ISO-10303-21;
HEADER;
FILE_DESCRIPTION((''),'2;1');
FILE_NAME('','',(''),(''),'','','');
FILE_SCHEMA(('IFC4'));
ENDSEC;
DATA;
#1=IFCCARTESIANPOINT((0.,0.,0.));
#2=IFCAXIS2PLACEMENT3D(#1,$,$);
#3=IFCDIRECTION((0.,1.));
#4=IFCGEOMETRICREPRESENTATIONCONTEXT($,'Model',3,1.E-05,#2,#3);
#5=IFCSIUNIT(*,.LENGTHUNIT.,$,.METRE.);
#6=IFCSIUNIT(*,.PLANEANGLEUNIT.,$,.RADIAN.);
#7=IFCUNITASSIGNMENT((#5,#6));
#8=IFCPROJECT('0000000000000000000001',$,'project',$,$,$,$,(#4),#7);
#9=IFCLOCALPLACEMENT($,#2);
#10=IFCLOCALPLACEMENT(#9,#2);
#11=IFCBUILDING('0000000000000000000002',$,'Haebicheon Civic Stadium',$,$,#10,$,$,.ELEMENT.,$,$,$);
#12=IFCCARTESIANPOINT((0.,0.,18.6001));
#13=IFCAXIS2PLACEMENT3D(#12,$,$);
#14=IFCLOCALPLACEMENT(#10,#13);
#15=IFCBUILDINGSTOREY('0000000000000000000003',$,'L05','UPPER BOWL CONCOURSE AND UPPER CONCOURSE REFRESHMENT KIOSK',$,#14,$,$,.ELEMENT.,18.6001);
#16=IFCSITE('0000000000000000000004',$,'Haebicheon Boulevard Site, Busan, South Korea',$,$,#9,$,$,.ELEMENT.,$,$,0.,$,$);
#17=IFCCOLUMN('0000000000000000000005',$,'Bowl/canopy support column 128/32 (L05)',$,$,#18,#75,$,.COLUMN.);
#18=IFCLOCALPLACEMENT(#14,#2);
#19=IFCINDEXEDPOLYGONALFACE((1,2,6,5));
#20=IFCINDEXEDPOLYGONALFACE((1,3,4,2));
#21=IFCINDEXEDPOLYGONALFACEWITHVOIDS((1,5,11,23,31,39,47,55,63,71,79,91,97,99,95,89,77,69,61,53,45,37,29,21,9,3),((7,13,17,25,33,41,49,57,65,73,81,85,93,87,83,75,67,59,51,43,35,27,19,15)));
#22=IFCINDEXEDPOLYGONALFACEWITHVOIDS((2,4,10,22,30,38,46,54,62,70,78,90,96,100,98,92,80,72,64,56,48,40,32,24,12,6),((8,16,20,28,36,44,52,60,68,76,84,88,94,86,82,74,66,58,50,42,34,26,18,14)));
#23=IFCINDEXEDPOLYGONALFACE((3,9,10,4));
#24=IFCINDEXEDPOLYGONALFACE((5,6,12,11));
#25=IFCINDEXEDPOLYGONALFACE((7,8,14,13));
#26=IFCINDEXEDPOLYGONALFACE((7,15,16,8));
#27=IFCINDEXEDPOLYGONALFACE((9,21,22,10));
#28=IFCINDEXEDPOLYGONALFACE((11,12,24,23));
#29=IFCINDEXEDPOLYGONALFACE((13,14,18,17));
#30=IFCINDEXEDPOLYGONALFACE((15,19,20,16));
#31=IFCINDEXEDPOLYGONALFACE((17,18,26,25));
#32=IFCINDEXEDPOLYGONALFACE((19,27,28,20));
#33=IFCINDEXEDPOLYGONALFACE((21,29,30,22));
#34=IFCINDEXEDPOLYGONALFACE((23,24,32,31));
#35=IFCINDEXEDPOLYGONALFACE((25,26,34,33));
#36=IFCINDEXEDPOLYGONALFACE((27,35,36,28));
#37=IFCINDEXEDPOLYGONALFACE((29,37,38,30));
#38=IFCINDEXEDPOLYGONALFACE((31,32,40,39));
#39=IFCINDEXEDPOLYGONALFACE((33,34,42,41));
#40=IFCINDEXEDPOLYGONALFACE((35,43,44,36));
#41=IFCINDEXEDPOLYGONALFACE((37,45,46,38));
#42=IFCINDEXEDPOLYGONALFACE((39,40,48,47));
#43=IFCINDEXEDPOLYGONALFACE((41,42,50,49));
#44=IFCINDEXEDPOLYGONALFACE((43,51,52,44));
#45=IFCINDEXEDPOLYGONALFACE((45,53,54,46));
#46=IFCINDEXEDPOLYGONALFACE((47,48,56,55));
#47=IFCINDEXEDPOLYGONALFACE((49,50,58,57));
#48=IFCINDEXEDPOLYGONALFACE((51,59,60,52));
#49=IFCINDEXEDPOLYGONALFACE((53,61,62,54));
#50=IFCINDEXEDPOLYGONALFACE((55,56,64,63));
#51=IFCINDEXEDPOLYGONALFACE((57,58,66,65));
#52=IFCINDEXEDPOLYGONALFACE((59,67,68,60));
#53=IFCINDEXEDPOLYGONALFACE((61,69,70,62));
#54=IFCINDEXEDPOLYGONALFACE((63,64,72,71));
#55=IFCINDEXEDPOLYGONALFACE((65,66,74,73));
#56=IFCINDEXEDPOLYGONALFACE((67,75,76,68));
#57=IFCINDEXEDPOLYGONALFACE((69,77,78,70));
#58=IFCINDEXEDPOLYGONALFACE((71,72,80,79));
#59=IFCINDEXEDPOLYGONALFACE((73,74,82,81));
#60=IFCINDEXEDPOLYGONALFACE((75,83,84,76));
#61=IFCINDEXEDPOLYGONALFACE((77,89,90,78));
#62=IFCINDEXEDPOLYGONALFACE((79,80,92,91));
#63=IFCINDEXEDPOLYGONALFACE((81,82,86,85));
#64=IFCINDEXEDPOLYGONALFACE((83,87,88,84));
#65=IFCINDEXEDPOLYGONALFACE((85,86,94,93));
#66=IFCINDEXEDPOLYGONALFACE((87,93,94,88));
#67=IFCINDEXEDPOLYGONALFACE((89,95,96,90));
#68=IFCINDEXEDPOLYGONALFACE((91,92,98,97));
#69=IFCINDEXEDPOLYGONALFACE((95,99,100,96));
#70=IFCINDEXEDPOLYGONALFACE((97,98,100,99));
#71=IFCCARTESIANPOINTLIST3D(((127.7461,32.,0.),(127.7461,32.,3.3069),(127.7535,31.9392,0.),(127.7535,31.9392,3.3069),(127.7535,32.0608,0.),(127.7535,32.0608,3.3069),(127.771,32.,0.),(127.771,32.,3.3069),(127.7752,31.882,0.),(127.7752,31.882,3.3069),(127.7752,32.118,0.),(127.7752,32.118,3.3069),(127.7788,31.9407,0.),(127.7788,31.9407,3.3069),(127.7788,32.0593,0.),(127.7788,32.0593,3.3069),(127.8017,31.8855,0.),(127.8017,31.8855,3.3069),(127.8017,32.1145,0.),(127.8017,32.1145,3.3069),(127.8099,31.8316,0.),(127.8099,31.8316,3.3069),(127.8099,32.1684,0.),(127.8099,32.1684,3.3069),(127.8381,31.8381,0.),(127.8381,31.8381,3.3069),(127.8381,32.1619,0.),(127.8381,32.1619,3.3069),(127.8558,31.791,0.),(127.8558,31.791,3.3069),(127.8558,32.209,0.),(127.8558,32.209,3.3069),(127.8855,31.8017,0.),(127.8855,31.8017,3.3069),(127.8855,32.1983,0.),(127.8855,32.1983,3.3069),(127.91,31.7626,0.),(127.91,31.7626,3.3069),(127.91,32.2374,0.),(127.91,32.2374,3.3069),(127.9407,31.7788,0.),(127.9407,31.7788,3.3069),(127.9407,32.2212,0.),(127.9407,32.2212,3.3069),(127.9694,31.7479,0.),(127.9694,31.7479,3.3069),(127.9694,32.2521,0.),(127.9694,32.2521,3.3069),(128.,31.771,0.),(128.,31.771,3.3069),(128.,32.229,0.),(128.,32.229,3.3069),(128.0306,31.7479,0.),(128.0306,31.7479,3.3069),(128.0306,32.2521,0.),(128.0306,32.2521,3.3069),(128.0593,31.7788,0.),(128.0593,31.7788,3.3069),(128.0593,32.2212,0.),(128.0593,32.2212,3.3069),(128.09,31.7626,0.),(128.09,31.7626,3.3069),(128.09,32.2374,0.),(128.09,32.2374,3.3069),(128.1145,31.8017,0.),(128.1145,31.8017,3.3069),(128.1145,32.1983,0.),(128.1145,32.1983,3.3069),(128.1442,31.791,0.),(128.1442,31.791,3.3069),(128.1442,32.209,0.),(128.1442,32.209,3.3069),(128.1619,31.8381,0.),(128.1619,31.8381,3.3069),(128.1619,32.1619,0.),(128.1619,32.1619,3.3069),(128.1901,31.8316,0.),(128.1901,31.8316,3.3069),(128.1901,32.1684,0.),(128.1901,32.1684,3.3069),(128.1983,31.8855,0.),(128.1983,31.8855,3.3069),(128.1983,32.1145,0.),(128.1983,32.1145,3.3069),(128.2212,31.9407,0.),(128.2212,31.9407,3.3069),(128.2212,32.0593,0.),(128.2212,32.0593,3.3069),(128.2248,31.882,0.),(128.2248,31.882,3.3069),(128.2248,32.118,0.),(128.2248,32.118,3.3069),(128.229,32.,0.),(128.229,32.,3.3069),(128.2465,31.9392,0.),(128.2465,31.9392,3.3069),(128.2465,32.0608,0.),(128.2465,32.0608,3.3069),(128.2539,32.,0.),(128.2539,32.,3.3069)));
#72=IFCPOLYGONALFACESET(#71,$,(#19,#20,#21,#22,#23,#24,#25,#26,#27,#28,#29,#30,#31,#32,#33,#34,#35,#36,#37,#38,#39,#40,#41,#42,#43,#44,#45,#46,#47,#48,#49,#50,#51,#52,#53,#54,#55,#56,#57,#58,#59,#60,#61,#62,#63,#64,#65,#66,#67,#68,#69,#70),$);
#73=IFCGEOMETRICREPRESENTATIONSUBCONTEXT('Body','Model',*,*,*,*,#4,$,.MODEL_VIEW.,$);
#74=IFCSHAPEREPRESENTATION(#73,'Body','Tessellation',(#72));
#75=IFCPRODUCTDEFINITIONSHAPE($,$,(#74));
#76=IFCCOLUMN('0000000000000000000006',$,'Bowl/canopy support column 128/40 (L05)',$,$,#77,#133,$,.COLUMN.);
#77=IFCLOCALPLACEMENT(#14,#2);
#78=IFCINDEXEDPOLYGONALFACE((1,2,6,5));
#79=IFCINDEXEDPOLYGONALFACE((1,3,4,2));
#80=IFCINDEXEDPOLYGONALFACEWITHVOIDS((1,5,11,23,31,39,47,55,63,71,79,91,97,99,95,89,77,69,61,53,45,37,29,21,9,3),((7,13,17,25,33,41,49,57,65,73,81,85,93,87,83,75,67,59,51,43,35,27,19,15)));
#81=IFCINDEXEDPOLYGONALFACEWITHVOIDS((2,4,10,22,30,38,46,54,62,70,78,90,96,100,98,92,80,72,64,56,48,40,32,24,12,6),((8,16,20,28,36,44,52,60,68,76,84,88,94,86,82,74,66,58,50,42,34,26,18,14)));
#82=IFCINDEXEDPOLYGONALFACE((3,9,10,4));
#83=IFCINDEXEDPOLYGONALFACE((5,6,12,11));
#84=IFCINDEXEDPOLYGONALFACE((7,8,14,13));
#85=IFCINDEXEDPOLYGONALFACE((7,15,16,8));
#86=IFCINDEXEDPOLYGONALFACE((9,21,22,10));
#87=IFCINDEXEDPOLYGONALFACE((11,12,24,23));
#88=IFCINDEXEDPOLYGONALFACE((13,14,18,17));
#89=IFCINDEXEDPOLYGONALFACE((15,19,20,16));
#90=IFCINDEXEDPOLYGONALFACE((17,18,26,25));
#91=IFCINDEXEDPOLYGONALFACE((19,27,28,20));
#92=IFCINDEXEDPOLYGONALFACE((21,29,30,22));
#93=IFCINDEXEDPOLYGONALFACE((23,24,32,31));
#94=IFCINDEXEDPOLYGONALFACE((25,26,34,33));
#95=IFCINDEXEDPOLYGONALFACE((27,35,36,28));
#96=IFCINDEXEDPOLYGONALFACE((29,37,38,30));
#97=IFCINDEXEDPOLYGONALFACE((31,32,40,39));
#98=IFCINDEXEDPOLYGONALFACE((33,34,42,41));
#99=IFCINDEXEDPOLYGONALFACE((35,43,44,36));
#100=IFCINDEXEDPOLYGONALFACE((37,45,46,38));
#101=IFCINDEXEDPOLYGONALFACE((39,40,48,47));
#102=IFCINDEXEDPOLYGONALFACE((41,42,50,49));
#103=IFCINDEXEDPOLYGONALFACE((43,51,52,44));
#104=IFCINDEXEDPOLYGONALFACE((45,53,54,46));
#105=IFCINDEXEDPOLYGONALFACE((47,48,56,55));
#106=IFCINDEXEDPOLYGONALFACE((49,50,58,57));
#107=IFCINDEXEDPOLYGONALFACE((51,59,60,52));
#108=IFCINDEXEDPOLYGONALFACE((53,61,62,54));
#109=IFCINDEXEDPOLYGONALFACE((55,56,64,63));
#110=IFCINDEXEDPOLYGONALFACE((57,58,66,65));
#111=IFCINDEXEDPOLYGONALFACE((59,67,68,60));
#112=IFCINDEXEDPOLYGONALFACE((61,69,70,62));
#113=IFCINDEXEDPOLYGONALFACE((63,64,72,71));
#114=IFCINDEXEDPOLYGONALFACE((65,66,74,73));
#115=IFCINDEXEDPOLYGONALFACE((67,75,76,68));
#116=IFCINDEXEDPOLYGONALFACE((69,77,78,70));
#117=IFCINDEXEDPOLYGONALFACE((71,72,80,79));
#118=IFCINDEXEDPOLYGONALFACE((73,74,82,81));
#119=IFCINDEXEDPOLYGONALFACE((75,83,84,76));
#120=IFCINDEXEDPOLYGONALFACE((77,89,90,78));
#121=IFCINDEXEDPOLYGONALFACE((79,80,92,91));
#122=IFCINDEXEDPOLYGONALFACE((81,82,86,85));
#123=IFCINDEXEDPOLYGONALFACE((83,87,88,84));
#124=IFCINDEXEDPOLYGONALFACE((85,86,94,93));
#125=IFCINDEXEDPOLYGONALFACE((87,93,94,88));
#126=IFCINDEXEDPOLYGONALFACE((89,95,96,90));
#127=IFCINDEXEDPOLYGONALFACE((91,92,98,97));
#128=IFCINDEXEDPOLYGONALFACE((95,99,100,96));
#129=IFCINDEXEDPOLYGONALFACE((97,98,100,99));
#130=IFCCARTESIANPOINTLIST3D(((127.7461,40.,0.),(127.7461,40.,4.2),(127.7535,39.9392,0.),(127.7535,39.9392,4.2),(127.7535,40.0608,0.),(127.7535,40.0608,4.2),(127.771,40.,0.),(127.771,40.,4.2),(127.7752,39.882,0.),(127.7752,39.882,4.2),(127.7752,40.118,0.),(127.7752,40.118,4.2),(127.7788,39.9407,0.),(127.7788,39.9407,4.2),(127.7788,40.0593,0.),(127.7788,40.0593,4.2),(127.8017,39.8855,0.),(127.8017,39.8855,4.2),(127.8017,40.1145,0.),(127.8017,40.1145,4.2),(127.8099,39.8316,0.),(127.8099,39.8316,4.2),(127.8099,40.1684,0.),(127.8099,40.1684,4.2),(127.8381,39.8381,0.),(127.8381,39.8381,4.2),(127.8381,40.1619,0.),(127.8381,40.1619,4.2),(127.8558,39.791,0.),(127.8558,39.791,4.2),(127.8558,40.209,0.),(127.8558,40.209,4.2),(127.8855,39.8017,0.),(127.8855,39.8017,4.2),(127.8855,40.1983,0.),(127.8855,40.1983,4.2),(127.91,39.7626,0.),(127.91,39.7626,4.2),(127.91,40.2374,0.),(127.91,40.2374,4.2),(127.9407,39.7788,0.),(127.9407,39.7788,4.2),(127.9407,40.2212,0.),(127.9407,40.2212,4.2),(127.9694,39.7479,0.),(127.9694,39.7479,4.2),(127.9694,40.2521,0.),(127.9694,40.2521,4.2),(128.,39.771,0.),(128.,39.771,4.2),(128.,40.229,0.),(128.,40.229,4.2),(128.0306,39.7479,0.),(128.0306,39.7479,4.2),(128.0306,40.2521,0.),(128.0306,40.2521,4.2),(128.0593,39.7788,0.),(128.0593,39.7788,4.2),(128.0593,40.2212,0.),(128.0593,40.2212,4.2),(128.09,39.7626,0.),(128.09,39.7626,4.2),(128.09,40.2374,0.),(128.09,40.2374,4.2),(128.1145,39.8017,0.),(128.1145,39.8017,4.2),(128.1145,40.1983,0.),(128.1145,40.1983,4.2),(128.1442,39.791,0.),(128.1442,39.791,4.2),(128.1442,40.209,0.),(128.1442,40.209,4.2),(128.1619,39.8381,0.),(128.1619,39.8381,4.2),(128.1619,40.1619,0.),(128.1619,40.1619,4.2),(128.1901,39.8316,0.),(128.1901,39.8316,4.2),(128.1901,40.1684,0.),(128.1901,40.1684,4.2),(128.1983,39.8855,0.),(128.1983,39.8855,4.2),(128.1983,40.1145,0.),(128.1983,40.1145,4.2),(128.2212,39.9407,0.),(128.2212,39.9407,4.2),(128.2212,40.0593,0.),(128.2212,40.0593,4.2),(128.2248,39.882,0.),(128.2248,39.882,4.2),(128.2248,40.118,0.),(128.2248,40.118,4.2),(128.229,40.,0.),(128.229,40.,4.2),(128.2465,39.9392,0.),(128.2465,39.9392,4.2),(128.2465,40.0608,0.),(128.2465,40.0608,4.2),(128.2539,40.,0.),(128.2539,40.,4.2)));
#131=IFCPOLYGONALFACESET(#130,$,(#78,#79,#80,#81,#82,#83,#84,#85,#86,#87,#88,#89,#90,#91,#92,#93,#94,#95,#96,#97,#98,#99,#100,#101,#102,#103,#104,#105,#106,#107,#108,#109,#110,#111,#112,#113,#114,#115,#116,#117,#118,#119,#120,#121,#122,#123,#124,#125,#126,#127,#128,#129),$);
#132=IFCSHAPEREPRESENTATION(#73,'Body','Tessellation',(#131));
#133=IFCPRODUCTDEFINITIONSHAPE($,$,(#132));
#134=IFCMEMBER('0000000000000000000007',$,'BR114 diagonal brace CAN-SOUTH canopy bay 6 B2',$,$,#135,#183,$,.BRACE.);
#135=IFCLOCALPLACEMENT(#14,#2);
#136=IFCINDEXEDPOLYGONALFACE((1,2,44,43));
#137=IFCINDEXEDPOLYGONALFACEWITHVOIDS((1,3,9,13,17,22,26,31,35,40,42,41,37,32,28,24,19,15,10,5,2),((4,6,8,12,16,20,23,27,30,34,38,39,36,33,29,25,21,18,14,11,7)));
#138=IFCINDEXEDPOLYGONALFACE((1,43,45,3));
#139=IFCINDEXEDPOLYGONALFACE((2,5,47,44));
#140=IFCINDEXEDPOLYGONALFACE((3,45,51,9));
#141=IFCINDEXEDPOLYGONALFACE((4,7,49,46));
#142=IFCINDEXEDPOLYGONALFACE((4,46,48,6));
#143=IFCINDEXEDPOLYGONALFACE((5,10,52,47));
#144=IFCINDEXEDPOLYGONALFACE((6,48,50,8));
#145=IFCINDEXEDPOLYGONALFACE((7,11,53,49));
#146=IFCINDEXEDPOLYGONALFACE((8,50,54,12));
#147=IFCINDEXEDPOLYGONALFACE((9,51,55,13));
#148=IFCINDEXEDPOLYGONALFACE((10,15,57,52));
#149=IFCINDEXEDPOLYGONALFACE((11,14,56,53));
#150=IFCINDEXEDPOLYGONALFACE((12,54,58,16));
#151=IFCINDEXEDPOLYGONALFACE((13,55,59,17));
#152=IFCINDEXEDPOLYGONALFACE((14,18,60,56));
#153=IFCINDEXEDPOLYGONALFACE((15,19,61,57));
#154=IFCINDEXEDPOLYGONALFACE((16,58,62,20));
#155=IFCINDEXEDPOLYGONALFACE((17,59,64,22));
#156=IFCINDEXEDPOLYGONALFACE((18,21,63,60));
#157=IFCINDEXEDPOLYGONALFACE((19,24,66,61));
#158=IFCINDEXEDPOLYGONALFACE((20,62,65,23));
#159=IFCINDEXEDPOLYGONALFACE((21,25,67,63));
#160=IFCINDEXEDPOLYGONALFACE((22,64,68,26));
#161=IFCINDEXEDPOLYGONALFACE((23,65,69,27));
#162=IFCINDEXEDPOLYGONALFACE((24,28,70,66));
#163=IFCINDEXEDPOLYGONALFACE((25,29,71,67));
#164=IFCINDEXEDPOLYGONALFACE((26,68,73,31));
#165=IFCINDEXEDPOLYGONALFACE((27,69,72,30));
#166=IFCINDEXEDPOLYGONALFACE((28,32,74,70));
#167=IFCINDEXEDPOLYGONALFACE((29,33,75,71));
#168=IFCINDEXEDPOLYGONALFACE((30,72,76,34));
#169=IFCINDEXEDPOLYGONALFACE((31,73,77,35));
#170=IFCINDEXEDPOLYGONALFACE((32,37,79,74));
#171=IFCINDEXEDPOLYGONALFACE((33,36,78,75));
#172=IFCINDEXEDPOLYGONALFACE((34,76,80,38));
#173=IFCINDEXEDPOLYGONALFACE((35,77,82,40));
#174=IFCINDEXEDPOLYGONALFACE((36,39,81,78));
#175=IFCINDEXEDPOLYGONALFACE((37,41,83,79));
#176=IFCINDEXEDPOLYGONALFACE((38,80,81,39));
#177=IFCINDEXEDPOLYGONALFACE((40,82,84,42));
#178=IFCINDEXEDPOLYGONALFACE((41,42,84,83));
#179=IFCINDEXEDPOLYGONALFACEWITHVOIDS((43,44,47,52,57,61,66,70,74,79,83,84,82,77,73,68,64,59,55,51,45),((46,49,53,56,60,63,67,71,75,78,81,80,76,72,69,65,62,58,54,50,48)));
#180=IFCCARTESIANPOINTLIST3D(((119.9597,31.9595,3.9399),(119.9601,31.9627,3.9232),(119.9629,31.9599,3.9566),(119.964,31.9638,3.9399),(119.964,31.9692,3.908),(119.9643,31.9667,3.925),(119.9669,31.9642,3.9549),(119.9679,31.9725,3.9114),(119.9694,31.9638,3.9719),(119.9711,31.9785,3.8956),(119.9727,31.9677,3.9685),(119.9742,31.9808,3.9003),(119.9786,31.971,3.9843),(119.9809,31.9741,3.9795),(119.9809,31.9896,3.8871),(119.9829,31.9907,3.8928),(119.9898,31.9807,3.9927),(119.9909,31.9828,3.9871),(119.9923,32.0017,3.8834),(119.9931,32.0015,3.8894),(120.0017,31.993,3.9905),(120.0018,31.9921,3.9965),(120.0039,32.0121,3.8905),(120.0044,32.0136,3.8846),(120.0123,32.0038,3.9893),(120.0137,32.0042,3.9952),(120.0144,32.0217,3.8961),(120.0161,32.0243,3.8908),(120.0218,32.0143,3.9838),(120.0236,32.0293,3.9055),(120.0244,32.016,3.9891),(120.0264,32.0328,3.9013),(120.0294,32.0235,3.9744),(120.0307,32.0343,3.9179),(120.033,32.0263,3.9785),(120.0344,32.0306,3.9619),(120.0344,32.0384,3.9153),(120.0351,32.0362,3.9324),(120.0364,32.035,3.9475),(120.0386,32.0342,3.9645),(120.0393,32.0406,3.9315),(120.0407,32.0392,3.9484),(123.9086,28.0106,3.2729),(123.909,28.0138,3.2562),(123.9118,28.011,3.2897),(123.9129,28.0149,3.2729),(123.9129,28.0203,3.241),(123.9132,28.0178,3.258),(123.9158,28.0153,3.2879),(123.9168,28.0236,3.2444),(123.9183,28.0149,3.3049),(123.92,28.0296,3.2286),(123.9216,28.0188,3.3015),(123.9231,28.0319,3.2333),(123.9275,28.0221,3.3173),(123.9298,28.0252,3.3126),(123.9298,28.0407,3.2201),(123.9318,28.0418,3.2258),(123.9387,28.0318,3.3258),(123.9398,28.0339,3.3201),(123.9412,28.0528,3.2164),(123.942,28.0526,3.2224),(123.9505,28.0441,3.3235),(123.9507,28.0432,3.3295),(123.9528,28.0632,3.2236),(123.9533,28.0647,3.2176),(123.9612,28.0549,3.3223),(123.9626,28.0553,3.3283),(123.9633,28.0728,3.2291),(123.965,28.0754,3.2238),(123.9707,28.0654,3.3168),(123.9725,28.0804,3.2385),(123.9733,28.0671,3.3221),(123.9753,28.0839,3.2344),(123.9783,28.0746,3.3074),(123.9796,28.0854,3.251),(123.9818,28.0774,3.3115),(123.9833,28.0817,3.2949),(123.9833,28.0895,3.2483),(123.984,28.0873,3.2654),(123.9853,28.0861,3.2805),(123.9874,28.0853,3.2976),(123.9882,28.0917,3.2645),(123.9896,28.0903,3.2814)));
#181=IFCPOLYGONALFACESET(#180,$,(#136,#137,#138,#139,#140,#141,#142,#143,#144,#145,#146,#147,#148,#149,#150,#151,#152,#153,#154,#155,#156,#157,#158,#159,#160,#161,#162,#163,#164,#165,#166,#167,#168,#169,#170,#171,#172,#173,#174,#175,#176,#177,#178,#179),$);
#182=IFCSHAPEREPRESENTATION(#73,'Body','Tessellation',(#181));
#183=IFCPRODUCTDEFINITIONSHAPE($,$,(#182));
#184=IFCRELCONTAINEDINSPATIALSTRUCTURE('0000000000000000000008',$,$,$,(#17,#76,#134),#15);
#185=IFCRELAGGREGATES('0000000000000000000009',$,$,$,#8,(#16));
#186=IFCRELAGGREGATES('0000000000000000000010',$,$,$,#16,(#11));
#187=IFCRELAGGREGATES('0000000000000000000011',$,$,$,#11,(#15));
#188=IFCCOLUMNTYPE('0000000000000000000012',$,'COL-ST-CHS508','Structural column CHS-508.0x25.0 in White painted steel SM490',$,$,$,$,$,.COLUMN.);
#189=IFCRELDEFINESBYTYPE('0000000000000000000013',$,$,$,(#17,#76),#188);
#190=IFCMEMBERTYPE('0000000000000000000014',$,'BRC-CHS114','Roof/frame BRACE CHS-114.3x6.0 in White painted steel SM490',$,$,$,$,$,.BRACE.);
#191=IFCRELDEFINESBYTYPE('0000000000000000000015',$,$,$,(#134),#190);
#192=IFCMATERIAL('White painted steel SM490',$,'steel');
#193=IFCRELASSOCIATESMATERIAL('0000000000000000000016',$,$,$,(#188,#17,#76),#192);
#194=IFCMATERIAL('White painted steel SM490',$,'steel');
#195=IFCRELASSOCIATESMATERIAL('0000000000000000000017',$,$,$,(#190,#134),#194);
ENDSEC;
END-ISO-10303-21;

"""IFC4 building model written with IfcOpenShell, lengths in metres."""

from ifc_helpers import new_model, si_unit, direction, frame, origin, origin_2d, place, context, subcontext, project, spatial, hollow_circle, extrude, material, material_profile, profile_set, type_object, element, save


model = new_model("IFC4")

# Units and contexts
model_context = context("Model", 3, precision=1e-05, world=origin(), true_north=direction((0.0, 1.0)))
body_context = subcontext(model_context, "Body", "Model", "MODEL_VIEW")
ifc_project = project(units=[si_unit("LENGTHUNIT", "METRE"), si_unit("PLANEANGLEUNIT", "RADIAN")], contexts=[model_context])

# Site, building, storey
site_placement = place(None, origin())
site = spatial("IfcSite", under=ifc_project, at=site_placement, Name="Haebicheon Boulevard Site, Busan, South Korea", CompositionType="ELEMENT", RefElevation=0.0)
building_placement = place(site_placement, origin())
building = spatial("IfcBuilding", under=site, at=building_placement, Name="Haebicheon Civic Stadium", CompositionType="ELEMENT")
storey_placement = place(building_placement, frame((0.0, 0.0, 18.6001)))
storey = spatial("IfcBuildingStorey", under=building, at=storey_placement, Name="L05", Description="UPPER BOWL CONCOURSE AND UPPER CONCOURSE REFRESHMENT KIOSK", CompositionType="ELEMENT", Elevation=18.6001)

# Columns
ifc_material_1 = material(Name="White painted steel SM490", Category="steel")
ifc_material_profile_1 = material_profile(ifc_material_1, hollow_circle(Radius=0.2539, WallThickness=0.0249, at=origin_2d()), Name="CHS-508.0x25.0")
ifc_profile_set_1 = profile_set([ifc_material_profile_1], Name="White painted steel SM490")
column_type = type_object("IfcColumnType", Name="COL-ST-CHS508", Description="Structural column CHS-508.0x25.0 in White painted steel SM490", PredefinedType="COLUMN", material=ifc_profile_set_1)
column_1_placement = place(storey_placement, frame((128.0, 32.0, 0.0), z_axis=(0.0, 0.0, 1.0), x_axis=(1.0, 0.0, 0.0)))
element("IfcColumn", 1, at=column_1_placement, inside=storey, type_object=column_type, material=ifc_profile_set_1, Name="Bowl/canopy support column 128/32 (L05)", PredefinedType="COLUMN", context=body_context, shape_type="SweptSolid", body=[
    extrude(hollow_circle(Radius=0.2539, WallThickness=0.0249, at=origin_2d()), origin(), (0.0, 0.0, 1.0), 3.3069),
])
column_2_placement = place(storey_placement, frame((128.0, 40.0, 0.0), z_axis=(0.0, 0.0, 1.0), x_axis=(1.0, 0.0, 0.0)))
element("IfcColumn", 2, at=column_2_placement, inside=storey, type_object=column_type, material=ifc_profile_set_1, Name="Bowl/canopy support column 128/40 (L05)", PredefinedType="COLUMN", context=body_context, shape_type="SweptSolid", body=[
    extrude(hollow_circle(Radius=0.2539, WallThickness=0.0249, at=origin_2d()), origin(), (0.0, 0.0, 1.0), 4.2),
])

# Member
ifc_material_2 = material(Name="White painted steel SM490", Category="steel")
ifc_material_profile_2 = material_profile(ifc_material_2, hollow_circle(Radius=0.0571, WallThickness=0.0061, at=origin_2d()), Name="CHS-114.3x6.0")
ifc_profile_set_2 = profile_set([ifc_material_profile_2], Name="White painted steel SM490")
member_type_1 = type_object("IfcMemberType", Name="BRC-CHS114", Description="Roof/frame BRACE CHS-114.3x6.0 in White painted steel SM490", PredefinedType="BRACE", material=ifc_profile_set_2)
member_1_placement = place(storey_placement, frame((123.949, 28.051, 3.2729), z_axis=(-0.702117, 0.702117, 0.118589), x_axis=(-0.707107, -0.707107, 0.0)))
element("IfcMember", 3, at=member_1_placement, inside=storey, type_object=member_type_1, material=ifc_profile_set_2, Name="BR114 diagonal brace CAN-SOUTH canopy bay 6 B2", PredefinedType="BRACE", context=body_context, shape_type="SweptSolid", body=[
    extrude(hollow_circle(Radius=0.0571, WallThickness=0.0061, at=origin_2d()), origin(), (0.0, 0.0, 1.0), 5.6243),
])

save(model, "model.ifc")
